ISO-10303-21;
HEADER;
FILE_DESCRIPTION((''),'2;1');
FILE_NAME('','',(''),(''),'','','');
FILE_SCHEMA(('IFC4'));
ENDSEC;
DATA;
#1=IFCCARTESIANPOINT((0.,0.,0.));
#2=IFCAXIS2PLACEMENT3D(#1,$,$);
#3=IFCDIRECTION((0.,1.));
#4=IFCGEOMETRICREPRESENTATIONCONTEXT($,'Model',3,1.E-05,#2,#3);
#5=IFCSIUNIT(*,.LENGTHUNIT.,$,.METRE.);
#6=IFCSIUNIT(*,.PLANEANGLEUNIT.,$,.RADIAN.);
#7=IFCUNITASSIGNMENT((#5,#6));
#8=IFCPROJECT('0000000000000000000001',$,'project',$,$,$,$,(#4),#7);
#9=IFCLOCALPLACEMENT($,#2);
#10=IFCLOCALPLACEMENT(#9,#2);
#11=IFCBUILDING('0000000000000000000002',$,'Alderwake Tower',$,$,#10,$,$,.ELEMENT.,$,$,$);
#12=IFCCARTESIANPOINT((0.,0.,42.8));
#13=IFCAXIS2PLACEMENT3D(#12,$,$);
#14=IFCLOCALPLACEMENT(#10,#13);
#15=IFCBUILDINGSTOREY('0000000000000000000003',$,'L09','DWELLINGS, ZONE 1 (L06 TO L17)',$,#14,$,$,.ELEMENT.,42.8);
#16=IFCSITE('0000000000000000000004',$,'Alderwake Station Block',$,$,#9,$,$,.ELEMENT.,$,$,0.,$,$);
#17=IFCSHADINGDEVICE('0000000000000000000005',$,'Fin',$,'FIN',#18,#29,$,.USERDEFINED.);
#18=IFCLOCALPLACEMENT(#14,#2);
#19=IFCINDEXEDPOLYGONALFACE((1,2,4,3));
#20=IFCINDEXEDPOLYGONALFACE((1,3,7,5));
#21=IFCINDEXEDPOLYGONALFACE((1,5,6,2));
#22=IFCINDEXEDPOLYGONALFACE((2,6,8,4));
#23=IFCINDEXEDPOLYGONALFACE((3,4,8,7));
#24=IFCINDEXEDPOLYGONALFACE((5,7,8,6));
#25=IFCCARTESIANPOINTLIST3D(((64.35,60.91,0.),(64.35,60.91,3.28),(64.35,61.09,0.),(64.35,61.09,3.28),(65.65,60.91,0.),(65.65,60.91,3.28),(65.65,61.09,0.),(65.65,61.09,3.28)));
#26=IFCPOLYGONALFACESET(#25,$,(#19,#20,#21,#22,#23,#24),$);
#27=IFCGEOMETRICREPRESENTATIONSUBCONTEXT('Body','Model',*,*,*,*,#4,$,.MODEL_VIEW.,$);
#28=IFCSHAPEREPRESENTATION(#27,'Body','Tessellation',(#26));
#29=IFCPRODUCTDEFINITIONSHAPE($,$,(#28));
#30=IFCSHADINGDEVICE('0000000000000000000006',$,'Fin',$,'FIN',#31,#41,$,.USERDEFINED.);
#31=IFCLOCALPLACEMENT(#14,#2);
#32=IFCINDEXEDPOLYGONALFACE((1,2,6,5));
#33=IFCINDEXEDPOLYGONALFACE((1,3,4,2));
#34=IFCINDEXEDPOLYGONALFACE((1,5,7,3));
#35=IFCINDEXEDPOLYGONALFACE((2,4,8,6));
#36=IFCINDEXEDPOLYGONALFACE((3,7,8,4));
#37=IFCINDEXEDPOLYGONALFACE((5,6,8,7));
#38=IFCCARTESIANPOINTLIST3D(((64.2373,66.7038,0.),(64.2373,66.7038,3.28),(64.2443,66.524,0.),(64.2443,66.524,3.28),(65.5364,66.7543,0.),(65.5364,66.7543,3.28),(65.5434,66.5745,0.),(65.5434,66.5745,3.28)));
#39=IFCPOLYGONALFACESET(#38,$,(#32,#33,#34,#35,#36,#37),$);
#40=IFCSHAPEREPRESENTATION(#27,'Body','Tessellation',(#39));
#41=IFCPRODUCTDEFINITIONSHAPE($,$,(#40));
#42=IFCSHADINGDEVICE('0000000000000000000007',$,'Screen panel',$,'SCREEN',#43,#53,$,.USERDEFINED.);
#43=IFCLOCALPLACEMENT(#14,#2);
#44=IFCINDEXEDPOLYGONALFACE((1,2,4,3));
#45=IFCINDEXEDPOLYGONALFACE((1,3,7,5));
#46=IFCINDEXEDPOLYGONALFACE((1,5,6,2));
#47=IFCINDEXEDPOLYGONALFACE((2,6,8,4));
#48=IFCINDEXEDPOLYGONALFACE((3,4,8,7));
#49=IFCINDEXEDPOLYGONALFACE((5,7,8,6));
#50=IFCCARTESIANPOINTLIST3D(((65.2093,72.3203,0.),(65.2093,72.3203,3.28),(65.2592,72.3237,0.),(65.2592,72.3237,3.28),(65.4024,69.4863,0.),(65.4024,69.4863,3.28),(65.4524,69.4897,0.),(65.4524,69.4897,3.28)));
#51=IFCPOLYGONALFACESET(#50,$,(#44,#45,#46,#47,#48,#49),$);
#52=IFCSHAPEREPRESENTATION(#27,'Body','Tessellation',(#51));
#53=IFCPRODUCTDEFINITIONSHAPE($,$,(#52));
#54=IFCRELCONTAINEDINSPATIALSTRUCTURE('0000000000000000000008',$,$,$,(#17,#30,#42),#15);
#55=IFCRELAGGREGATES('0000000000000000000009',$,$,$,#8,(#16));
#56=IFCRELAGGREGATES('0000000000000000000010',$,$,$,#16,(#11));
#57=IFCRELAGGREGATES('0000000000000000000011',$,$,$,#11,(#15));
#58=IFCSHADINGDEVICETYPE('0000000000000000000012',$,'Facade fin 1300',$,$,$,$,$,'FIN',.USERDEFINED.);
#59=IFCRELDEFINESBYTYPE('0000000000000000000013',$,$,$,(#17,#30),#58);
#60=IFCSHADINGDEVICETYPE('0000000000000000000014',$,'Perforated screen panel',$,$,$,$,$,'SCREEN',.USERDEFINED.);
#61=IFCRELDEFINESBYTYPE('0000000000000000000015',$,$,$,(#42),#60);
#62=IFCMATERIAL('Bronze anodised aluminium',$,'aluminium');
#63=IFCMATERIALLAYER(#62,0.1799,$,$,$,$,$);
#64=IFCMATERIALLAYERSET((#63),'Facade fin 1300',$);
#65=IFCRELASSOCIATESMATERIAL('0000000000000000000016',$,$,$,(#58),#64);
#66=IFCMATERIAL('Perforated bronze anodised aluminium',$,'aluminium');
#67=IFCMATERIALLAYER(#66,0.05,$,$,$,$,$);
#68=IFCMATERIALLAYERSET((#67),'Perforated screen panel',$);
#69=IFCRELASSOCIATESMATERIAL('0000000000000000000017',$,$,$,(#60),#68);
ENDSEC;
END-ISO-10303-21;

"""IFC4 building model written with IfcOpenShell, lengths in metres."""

from ifc_helpers import new_model, si_unit, direction, frame, origin, origin_2d, place, context, subcontext, project, spatial, rectangle, extrude, material, layer, layer_set, type_object, element, save


model = new_model("IFC4")

# Units and contexts
model_context = context("Model", 3, precision=1e-05, world=origin(), true_north=direction((0.0, 1.0)))
body_context = subcontext(model_context, "Body", "Model", "MODEL_VIEW")
ifc_project = project(units=[si_unit("LENGTHUNIT", "METRE"), si_unit("PLANEANGLEUNIT", "RADIAN")], contexts=[model_context])

# Site, building, storey
site_placement = place(None, origin())
site = spatial("IfcSite", under=ifc_project, at=site_placement, Name="Alderwake Station Block", CompositionType="ELEMENT", RefElevation=0.0)
building_placement = place(site_placement, origin())
building = spatial("IfcBuilding", under=site, at=building_placement, Name="Alderwake Tower", CompositionType="ELEMENT")
storey_placement = place(building_placement, frame((0.0, 0.0, 42.8)))
storey = spatial("IfcBuildingStorey", under=building, at=storey_placement, Name="L09", Description="DWELLINGS, ZONE 1 (L06 TO L17)", CompositionType="ELEMENT", Elevation=42.8)

# Shading devices
ifc_material_1 = material(Name="Bronze anodised aluminium", Category="aluminium")
ifc_layer_1 = layer(ifc_material_1, 0.1799)
ifc_layer_set_1 = layer_set([ifc_layer_1], Name="Facade fin 1300")
shading_device_type_1 = type_object("IfcShadingDeviceType", Name="Facade fin 1300", ElementType="FIN", PredefinedType="USERDEFINED", material=ifc_layer_set_1)
for number, where, z_axis, x_axis, name in (
    (1, (65.0, 61.0, 0.0), (0.0, 0.0, 1.0), (1.0, 0.0, 0.0), "Fin"),
    (2, (64.8904, 66.6392, 0.0), (0.0, 0.0, 1.0), (0.999243, 0.03889, 0.0), "Fin"),
):
    element("IfcShadingDevice", number, at=place(storey_placement, frame(where, z_axis=z_axis, x_axis=x_axis)), inside=storey, type_object=shading_device_type_1, Name=name, ObjectType="FIN", PredefinedType="USERDEFINED", context=body_context, shape_type="SweptSolid", body=[
        extrude(rectangle(XDim=1.3, YDim=0.1799, at=origin_2d()), origin(), (0.0, 0.0, 1.0), 3.28),
    ])
ifc_material_2 = material(Name="Perforated bronze anodised aluminium", Category="aluminium")
ifc_layer_2 = layer(ifc_material_2, 0.05)
ifc_layer_set_2 = layer_set([ifc_layer_2], Name="Perforated screen panel")
shading_device_type_2 = type_object("IfcShadingDeviceType", Name="Perforated screen panel", ElementType="SCREEN", PredefinedType="USERDEFINED", material=ifc_layer_set_2)
shading_device_placement = place(storey_placement, frame((65.3308, 70.905, 0.0), z_axis=(0.0, 0.0, 1.0), x_axis=(0.997685, 0.067998, 0.0)))
element("IfcShadingDevice", 3, at=shading_device_placement, inside=storey, type_object=shading_device_type_2, Name="Screen panel", ObjectType="SCREEN", PredefinedType="USERDEFINED", context=body_context, shape_type="SweptSolid", body=[
    extrude(rectangle(XDim=0.05, YDim=2.8406, at=origin_2d()), origin(), (0.0, 0.0, 1.0), 3.28),
])

save(model, "model.ifc")
